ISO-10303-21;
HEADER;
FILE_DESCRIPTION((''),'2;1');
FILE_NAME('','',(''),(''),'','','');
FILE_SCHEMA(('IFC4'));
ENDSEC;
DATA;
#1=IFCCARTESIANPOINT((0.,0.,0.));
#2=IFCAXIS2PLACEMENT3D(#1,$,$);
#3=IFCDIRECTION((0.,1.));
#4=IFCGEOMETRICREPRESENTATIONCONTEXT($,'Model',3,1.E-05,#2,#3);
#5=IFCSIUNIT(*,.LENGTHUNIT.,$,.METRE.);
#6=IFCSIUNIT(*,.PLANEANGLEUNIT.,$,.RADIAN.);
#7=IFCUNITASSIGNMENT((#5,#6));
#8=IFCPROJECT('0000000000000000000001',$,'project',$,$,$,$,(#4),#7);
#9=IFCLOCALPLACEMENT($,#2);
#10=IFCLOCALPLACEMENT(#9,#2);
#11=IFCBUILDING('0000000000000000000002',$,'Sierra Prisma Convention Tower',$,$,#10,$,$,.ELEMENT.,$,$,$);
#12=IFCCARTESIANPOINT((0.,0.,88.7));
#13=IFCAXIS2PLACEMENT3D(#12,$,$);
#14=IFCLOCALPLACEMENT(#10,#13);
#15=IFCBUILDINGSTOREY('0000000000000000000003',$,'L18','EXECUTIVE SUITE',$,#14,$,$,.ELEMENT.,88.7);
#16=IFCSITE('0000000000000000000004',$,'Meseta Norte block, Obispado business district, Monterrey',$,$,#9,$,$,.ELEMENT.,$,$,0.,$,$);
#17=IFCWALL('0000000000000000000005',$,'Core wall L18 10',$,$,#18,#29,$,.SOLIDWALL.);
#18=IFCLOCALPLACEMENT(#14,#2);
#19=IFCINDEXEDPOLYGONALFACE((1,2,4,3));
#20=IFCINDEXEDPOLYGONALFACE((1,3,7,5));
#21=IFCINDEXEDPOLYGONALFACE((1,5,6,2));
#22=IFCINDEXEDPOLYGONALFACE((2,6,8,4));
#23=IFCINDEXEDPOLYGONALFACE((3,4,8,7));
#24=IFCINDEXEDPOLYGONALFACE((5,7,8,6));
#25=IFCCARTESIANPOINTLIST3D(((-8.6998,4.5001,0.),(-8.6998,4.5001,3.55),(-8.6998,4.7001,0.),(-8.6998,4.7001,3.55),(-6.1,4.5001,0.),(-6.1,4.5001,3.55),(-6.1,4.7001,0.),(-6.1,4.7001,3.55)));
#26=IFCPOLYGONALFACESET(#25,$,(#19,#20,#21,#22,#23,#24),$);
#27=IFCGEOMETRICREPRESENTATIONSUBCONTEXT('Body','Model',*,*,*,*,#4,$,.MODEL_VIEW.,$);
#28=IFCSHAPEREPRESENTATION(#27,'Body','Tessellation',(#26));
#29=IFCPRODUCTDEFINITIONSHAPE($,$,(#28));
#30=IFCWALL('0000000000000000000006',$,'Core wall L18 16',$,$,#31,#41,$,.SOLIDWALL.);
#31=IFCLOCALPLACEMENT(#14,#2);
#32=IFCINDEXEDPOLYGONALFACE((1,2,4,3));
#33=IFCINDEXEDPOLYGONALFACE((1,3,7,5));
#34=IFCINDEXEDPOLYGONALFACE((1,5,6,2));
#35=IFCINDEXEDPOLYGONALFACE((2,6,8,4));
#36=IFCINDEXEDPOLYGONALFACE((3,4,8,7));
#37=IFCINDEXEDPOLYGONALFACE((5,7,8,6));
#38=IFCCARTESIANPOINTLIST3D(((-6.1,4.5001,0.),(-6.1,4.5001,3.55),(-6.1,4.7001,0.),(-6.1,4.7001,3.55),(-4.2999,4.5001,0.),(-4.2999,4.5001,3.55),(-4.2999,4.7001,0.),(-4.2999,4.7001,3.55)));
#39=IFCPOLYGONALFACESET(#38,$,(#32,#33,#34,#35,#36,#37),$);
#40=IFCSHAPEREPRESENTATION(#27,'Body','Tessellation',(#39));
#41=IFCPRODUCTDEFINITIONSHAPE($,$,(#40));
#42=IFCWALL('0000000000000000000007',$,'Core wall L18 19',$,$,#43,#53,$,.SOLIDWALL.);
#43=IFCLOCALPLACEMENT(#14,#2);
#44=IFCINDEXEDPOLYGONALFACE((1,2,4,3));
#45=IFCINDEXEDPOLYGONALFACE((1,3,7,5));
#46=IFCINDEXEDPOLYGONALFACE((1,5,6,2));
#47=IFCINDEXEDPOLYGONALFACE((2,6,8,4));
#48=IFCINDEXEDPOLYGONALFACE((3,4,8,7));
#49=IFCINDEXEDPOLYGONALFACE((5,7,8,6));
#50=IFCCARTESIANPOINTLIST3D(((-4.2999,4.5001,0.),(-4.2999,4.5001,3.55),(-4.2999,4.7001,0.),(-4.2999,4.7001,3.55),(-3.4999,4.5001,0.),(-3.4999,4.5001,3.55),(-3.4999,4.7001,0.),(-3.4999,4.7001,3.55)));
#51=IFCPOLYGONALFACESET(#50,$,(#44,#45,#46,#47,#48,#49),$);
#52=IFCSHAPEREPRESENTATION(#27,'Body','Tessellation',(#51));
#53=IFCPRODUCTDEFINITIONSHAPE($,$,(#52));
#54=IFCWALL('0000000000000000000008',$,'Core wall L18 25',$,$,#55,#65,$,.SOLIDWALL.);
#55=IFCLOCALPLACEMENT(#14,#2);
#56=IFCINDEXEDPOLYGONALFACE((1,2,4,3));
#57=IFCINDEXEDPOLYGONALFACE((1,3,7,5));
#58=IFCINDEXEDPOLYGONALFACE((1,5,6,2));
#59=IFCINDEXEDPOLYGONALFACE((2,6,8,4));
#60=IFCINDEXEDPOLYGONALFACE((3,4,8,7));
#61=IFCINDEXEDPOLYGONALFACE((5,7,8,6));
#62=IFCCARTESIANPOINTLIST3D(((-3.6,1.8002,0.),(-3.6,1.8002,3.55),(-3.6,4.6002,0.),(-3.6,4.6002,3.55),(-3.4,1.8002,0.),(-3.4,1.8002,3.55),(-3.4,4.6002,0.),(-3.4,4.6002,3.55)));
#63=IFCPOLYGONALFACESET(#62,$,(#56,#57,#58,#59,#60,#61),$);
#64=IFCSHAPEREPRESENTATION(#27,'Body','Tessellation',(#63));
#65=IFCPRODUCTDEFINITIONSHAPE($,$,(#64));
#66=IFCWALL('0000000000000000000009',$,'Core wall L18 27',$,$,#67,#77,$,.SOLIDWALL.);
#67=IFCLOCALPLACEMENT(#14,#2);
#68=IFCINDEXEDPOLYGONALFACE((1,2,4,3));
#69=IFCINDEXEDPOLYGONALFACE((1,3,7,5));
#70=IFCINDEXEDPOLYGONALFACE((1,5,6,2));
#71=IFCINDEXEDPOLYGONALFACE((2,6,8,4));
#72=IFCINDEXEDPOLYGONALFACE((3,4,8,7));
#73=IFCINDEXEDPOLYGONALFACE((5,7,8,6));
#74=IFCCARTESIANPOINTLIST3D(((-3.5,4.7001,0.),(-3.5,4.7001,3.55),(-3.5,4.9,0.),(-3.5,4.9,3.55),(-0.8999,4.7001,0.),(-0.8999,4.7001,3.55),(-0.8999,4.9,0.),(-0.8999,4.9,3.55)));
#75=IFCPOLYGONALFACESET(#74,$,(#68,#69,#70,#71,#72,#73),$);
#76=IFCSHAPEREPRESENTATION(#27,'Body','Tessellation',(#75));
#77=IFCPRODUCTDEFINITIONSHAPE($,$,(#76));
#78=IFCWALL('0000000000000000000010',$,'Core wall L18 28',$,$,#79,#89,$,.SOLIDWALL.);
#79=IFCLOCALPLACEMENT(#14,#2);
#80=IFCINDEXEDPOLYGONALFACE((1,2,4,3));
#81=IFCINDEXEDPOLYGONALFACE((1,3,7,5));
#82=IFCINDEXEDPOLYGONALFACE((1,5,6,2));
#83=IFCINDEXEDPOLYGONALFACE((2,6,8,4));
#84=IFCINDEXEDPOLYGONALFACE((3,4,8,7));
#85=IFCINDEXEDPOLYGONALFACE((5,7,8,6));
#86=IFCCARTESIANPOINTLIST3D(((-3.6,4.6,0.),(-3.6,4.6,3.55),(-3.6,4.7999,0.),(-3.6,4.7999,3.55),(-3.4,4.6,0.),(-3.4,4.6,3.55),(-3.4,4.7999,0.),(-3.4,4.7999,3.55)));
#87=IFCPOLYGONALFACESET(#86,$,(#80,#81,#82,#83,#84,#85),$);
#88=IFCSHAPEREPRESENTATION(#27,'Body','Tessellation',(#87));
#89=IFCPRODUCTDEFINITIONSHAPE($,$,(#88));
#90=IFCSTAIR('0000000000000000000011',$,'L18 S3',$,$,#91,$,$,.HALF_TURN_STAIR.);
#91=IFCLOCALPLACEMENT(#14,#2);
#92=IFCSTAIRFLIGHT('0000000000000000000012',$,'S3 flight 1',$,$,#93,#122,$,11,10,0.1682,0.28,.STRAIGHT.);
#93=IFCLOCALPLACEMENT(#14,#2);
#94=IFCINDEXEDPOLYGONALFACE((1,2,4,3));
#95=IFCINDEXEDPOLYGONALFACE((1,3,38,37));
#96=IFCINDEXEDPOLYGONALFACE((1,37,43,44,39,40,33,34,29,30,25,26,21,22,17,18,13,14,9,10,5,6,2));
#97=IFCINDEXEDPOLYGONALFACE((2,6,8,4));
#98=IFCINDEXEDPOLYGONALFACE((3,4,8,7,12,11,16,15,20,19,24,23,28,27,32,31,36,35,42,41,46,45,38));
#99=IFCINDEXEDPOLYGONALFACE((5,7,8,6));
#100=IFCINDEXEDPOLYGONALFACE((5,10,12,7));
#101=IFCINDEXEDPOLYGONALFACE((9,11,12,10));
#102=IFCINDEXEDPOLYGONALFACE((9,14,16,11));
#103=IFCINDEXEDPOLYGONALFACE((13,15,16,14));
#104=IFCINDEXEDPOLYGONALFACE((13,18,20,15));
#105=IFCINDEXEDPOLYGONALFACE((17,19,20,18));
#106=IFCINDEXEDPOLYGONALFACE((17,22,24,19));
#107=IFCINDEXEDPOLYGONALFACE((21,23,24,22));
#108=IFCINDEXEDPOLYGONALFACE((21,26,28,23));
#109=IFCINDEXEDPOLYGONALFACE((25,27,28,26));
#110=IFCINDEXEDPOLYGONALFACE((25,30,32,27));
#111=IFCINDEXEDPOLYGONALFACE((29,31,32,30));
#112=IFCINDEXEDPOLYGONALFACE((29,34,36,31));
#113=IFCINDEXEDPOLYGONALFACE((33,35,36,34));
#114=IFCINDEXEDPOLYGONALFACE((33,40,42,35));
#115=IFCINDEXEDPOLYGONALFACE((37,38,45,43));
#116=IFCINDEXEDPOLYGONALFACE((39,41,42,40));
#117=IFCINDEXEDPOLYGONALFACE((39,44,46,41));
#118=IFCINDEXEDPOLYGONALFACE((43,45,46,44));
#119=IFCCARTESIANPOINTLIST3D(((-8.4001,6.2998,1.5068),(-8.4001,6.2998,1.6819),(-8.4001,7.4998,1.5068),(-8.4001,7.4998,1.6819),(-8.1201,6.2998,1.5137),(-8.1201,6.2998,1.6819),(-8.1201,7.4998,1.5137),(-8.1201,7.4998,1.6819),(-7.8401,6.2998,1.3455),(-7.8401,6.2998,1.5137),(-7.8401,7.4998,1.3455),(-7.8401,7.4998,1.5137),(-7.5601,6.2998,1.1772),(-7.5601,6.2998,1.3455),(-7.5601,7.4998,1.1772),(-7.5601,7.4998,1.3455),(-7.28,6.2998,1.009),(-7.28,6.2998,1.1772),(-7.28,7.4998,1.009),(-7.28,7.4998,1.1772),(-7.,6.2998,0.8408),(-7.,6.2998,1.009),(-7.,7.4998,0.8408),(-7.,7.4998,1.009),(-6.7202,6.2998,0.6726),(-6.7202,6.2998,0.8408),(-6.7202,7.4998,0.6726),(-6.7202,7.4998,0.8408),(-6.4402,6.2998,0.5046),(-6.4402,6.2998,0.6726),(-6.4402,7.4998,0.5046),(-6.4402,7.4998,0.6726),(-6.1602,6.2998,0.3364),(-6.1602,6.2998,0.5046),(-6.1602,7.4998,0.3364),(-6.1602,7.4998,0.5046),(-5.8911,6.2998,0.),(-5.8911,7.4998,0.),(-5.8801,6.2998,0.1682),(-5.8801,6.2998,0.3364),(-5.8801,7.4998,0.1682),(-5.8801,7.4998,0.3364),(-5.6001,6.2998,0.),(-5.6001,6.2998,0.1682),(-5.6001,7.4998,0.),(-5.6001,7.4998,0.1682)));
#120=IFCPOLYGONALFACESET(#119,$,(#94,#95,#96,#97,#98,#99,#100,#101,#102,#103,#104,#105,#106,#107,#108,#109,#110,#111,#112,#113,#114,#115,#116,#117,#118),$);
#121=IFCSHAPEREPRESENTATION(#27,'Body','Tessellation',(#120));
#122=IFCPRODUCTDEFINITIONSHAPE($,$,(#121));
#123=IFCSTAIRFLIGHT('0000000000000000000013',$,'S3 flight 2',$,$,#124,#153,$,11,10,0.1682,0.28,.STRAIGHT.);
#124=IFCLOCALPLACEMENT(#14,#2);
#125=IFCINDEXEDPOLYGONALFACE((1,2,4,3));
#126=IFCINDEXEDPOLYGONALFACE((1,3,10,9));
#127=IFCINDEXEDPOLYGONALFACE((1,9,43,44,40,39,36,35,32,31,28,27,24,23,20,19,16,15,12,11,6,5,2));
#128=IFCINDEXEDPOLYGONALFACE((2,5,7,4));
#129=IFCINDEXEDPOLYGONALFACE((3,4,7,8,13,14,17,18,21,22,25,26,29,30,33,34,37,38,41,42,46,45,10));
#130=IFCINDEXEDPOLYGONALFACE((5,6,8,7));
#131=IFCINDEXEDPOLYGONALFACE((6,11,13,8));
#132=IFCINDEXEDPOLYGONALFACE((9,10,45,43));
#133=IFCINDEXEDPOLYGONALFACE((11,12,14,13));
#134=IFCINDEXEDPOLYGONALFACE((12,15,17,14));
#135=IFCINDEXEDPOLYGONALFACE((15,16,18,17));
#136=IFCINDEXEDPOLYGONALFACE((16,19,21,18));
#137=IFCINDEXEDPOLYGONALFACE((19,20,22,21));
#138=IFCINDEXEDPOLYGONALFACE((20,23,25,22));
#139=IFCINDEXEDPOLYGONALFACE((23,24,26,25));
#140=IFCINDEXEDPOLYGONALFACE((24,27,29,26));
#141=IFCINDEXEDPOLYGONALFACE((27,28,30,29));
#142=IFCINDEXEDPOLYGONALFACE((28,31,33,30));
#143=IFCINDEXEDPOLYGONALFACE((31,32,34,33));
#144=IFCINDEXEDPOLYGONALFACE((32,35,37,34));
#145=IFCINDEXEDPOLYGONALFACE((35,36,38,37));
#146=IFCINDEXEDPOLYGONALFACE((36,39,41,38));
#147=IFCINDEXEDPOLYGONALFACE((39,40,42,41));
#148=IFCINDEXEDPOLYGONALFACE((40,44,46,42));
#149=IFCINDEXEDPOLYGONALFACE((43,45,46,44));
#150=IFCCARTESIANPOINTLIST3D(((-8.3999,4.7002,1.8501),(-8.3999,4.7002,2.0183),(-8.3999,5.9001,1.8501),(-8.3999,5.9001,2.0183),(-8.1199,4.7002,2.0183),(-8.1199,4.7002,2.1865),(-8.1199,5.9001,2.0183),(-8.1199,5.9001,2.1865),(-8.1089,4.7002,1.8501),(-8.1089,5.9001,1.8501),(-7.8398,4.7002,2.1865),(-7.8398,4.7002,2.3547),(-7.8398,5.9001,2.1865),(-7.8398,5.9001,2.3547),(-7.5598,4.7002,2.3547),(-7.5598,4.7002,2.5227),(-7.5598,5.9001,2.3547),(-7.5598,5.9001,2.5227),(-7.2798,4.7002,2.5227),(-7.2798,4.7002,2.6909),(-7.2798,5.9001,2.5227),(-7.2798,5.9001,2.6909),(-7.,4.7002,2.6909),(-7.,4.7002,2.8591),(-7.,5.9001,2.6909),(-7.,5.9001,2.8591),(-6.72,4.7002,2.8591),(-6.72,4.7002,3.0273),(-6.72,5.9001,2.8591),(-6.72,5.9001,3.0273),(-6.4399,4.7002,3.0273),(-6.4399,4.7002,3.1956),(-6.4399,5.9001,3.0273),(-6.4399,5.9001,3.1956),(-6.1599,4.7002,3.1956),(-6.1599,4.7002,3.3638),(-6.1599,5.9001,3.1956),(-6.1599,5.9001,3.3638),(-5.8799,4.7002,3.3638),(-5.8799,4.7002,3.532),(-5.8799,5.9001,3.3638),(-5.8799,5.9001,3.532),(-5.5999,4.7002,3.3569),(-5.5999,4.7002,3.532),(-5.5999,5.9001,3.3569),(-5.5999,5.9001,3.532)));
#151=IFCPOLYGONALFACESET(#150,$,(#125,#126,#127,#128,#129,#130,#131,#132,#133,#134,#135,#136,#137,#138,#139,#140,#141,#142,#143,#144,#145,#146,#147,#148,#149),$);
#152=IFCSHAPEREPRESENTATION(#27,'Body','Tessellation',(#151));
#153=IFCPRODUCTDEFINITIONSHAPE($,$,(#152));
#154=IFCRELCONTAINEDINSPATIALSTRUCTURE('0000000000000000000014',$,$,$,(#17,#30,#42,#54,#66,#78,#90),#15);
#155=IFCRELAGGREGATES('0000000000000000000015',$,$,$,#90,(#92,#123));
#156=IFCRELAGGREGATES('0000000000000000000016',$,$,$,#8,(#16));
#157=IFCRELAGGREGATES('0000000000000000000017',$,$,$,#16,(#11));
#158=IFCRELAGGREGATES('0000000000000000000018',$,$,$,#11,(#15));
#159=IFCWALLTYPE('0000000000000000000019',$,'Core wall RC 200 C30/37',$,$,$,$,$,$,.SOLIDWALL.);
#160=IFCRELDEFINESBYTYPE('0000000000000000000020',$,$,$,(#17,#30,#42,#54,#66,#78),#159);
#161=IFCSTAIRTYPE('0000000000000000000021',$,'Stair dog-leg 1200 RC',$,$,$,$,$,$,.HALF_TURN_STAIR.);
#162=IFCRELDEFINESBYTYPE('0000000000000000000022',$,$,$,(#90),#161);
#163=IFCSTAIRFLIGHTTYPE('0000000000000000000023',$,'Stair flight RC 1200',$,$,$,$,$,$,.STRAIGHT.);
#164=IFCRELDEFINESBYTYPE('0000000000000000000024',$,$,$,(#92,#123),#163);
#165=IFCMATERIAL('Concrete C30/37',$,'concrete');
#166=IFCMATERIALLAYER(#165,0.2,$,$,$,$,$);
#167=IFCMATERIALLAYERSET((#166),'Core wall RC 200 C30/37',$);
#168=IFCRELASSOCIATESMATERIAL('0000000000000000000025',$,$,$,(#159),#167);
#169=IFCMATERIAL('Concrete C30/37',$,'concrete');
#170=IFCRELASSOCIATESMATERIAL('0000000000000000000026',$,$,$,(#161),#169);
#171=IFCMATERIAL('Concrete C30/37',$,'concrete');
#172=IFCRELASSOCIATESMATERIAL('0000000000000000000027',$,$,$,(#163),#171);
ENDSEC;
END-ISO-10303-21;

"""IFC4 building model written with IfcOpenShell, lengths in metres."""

from ifc_helpers import new_model, si_unit, direction, frame, frame_2d, origin, place, context, subcontext, project, spatial, polyline, rectangle, outline, extrude, material, layer, layer_set, type_object, element, aggregate, save


model = new_model("IFC4")

# Units and contexts
model_context = context("Model", 3, precision=1e-05, world=origin(), true_north=direction((0.0, 1.0)))
body_context = subcontext(model_context, "Body", "Model", "MODEL_VIEW")
ifc_project = project(units=[si_unit("LENGTHUNIT", "METRE"), si_unit("PLANEANGLEUNIT", "RADIAN")], contexts=[model_context])

# Site, building, storey
site_placement = place(None, origin())
site = spatial("IfcSite", under=ifc_project, at=site_placement, Name="Meseta Norte block, Obispado business district, Monterrey", CompositionType="ELEMENT", RefElevation=0.0)
building_placement = place(site_placement, origin())
building = spatial("IfcBuilding", under=site, at=building_placement, Name="Sierra Prisma Convention Tower", CompositionType="ELEMENT")
storey_placement = place(building_placement, frame((0.0, 0.0, 88.7)))
storey = spatial("IfcBuildingStorey", under=building, at=storey_placement, Name="L18", Description="EXECUTIVE SUITE", CompositionType="ELEMENT", Elevation=88.7)

# Walls
ifc_material_1 = material(Name="Concrete C30/37", Category="concrete")
ifc_layer = layer(ifc_material_1, 0.2)
ifc_layer_set = layer_set([ifc_layer], Name="Core wall RC 200 C30/37")
wall_type = type_object("IfcWallType", Name="Core wall RC 200 C30/37", PredefinedType="SOLIDWALL", material=ifc_layer_set)
wall_1_placement = place(storey_placement, frame((-6.1001, 4.6001, 0.0), z_axis=(0.0, 0.0, 1.0), x_axis=(-1.0, 0.0, 0.0)))
element("IfcWall", 1, at=wall_1_placement, inside=storey, type_object=wall_type, Name="Core wall L18 10", PredefinedType="SOLIDWALL", context=body_context, shape_type="SweptSolid", body=[
    extrude(rectangle(XDim=2.5999, YDim=0.2, at=frame_2d((1.2998, 0.0))), origin(), (0.0, 0.0, 1.0), 3.55),
])
wall_2_placement = place(storey_placement, frame((-4.3, 4.6001, 0.0), z_axis=(0.0, 0.0, 1.0), x_axis=(-1.0, 0.0, 0.0)))
element("IfcWall", 2, at=wall_2_placement, inside=storey, type_object=wall_type, Name="Core wall L18 16", PredefinedType="SOLIDWALL", context=body_context, shape_type="SweptSolid", body=[
    extrude(rectangle(XDim=1.8, YDim=0.2, at=frame_2d((0.8999, 0.0))), origin(), (0.0, 0.0, 1.0), 3.55),
])
wall_3_placement = place(storey_placement, frame((-3.5, 4.6001, 0.0), z_axis=(0.0, 0.0, 1.0), x_axis=(-1.0, 0.0, 0.0)))
element("IfcWall", 3, at=wall_3_placement, inside=storey, type_object=wall_type, Name="Core wall L18 19", PredefinedType="SOLIDWALL", context=body_context, shape_type="SweptSolid", body=[
    extrude(rectangle(XDim=0.8, YDim=0.2, at=frame_2d((0.3999, 0.0))), origin(), (0.0, 0.0, 1.0), 3.55),
])

# Wall
wall_4_placement = place(storey_placement, frame((-3.5, 4.6001, 0.0), z_axis=(0.0, 0.0, 1.0), x_axis=(0.0, -1.0, 0.0)))
element("IfcWall", 4, at=wall_4_placement, inside=storey, type_object=wall_type, Name="Core wall L18 25", PredefinedType="SOLIDWALL", context=body_context, shape_type="SweptSolid", body=[
    extrude(rectangle(XDim=2.8, YDim=0.2, at=frame_2d((1.3999, 0.0))), origin(), (0.0, 0.0, 1.0), 3.55),
])

# Walls
wall_5_placement = place(storey_placement, frame((-0.8999, 4.8, 0.0), z_axis=(0.0, 0.0, 1.0), x_axis=(-1.0, 0.0, 0.0)))
element("IfcWall", 5, at=wall_5_placement, inside=storey, type_object=wall_type, Name="Core wall L18 27", PredefinedType="SOLIDWALL", context=body_context, shape_type="SweptSolid", body=[
    extrude(rectangle(XDim=2.6001, YDim=0.2, at=frame_2d((1.3, 0.0))), origin(), (0.0, 0.0, 1.0), 3.55),
])
wall_6_placement = place(storey_placement, frame((-3.5, 4.8, 0.0), z_axis=(0.0, 0.0, 1.0), x_axis=(0.0, -1.0, 0.0)))
element("IfcWall", 6, at=wall_6_placement, inside=storey, type_object=wall_type, Name="Core wall L18 28", PredefinedType="SOLIDWALL", context=body_context, shape_type="SweptSolid", body=[
    extrude(rectangle(XDim=0.2, YDim=0.2, at=frame_2d((0.1001, 0.0))), origin(), (0.0, 0.0, 1.0), 3.55),
])

# Stair, stair flights
ifc_material_2 = material(Name="Concrete C30/37", Category="concrete")
stair_type = type_object("IfcStairType", Name="Stair dog-leg 1200 RC", PredefinedType="HALF_TURN_STAIR", material=ifc_material_2)
stair_placement = place(storey_placement, origin())
stair = element("IfcStair", 7, at=stair_placement, inside=storey, type_object=stair_type, Name="L18 S3", PredefinedType="HALF_TURN_STAIR")
ifc_material_3 = material(Name="Concrete C30/37", Category="concrete")
stair_flight_type = type_object("IfcStairFlightType", Name="Stair flight RC 1200", PredefinedType="STRAIGHT", material=ifc_material_3)
stair_flight_1_placement = place(storey_placement, frame((-5.6001, 6.8999, 0.0), z_axis=(0.0, 0.0, 1.0), x_axis=(-1.0, 0.0, 0.0)))
stair_flight_1 = element("IfcStairFlight", 8, at=stair_flight_1_placement, type_object=stair_flight_type, Name="S3 flight 1", NumberOfRisers=11, NumberOfTreads=10, PredefinedType="STRAIGHT", RiserHeight=0.1682, TreadLength=0.28, context=body_context, shape_type="SweptSolid", body=[
    extrude(outline(polyline([(0.0, 0.0), (0.0, 0.1682), (0.28, 0.1682), (0.28, 0.3364), (0.5601, 0.3364), (0.5601, 0.5046), (0.8401, 0.5046), (0.8401, 0.6726), (1.1201, 0.6726), (1.1201, 0.8408), (1.3999, 0.8408), (1.3999, 1.009), (1.6799, 1.009), (1.6799, 1.1772), (1.96, 1.1772), (1.96, 1.3455), (2.24, 1.3455), (2.24, 1.5137), (2.52, 1.5137), (2.52, 1.6819), (2.8, 1.6819), (2.8, 1.8501), (2.8, 1.5068), (0.291, 0.0), (0.0, 0.0)])), frame((0.0, 0.6001, 0.0), z_axis=(0.0, -1.0, 0.0), x_axis=(1.0, 0.0, 0.0)), (0.0, 0.0, 1.0), 1.2),
])
stair_flight_2_placement = place(storey_placement, frame((-8.3999, 5.3, 1.8501), z_axis=(0.0, 0.0, 1.0), x_axis=(1.0, 0.0, 0.0)))
stair_flight_2 = element("IfcStairFlight", 9, at=stair_flight_2_placement, type_object=stair_flight_type, Name="S3 flight 2", NumberOfRisers=11, NumberOfTreads=10, PredefinedType="STRAIGHT", RiserHeight=0.1682, TreadLength=0.28, context=body_context, shape_type="SweptSolid", body=[
    extrude(outline(polyline([(0.0, 0.0), (0.0, 0.1682), (0.28, 0.1682), (0.28, 0.3364), (0.5601, 0.3364), (0.5601, 0.5046), (0.8401, 0.5046), (0.8401, 0.6726), (1.1201, 0.6726), (1.1201, 0.8408), (1.3999, 0.8408), (1.3999, 1.009), (1.6799, 1.009), (1.6799, 1.1772), (1.96, 1.1772), (1.96, 1.3455), (2.24, 1.3455), (2.24, 1.5137), (2.52, 1.5137), (2.52, 1.6819), (2.8, 1.6819), (2.8, 1.8501), (2.8, 1.5068), (0.291, 0.0), (0.0, 0.0)])), frame((0.0, 0.6001, 0.0), z_axis=(0.0, -1.0, 0.0), x_axis=(1.0, 0.0, 0.0)), (0.0, 0.0, 1.0), 1.2),
])
aggregate(stair, [stair_flight_1, stair_flight_2])

save(model, "model.ifc")
